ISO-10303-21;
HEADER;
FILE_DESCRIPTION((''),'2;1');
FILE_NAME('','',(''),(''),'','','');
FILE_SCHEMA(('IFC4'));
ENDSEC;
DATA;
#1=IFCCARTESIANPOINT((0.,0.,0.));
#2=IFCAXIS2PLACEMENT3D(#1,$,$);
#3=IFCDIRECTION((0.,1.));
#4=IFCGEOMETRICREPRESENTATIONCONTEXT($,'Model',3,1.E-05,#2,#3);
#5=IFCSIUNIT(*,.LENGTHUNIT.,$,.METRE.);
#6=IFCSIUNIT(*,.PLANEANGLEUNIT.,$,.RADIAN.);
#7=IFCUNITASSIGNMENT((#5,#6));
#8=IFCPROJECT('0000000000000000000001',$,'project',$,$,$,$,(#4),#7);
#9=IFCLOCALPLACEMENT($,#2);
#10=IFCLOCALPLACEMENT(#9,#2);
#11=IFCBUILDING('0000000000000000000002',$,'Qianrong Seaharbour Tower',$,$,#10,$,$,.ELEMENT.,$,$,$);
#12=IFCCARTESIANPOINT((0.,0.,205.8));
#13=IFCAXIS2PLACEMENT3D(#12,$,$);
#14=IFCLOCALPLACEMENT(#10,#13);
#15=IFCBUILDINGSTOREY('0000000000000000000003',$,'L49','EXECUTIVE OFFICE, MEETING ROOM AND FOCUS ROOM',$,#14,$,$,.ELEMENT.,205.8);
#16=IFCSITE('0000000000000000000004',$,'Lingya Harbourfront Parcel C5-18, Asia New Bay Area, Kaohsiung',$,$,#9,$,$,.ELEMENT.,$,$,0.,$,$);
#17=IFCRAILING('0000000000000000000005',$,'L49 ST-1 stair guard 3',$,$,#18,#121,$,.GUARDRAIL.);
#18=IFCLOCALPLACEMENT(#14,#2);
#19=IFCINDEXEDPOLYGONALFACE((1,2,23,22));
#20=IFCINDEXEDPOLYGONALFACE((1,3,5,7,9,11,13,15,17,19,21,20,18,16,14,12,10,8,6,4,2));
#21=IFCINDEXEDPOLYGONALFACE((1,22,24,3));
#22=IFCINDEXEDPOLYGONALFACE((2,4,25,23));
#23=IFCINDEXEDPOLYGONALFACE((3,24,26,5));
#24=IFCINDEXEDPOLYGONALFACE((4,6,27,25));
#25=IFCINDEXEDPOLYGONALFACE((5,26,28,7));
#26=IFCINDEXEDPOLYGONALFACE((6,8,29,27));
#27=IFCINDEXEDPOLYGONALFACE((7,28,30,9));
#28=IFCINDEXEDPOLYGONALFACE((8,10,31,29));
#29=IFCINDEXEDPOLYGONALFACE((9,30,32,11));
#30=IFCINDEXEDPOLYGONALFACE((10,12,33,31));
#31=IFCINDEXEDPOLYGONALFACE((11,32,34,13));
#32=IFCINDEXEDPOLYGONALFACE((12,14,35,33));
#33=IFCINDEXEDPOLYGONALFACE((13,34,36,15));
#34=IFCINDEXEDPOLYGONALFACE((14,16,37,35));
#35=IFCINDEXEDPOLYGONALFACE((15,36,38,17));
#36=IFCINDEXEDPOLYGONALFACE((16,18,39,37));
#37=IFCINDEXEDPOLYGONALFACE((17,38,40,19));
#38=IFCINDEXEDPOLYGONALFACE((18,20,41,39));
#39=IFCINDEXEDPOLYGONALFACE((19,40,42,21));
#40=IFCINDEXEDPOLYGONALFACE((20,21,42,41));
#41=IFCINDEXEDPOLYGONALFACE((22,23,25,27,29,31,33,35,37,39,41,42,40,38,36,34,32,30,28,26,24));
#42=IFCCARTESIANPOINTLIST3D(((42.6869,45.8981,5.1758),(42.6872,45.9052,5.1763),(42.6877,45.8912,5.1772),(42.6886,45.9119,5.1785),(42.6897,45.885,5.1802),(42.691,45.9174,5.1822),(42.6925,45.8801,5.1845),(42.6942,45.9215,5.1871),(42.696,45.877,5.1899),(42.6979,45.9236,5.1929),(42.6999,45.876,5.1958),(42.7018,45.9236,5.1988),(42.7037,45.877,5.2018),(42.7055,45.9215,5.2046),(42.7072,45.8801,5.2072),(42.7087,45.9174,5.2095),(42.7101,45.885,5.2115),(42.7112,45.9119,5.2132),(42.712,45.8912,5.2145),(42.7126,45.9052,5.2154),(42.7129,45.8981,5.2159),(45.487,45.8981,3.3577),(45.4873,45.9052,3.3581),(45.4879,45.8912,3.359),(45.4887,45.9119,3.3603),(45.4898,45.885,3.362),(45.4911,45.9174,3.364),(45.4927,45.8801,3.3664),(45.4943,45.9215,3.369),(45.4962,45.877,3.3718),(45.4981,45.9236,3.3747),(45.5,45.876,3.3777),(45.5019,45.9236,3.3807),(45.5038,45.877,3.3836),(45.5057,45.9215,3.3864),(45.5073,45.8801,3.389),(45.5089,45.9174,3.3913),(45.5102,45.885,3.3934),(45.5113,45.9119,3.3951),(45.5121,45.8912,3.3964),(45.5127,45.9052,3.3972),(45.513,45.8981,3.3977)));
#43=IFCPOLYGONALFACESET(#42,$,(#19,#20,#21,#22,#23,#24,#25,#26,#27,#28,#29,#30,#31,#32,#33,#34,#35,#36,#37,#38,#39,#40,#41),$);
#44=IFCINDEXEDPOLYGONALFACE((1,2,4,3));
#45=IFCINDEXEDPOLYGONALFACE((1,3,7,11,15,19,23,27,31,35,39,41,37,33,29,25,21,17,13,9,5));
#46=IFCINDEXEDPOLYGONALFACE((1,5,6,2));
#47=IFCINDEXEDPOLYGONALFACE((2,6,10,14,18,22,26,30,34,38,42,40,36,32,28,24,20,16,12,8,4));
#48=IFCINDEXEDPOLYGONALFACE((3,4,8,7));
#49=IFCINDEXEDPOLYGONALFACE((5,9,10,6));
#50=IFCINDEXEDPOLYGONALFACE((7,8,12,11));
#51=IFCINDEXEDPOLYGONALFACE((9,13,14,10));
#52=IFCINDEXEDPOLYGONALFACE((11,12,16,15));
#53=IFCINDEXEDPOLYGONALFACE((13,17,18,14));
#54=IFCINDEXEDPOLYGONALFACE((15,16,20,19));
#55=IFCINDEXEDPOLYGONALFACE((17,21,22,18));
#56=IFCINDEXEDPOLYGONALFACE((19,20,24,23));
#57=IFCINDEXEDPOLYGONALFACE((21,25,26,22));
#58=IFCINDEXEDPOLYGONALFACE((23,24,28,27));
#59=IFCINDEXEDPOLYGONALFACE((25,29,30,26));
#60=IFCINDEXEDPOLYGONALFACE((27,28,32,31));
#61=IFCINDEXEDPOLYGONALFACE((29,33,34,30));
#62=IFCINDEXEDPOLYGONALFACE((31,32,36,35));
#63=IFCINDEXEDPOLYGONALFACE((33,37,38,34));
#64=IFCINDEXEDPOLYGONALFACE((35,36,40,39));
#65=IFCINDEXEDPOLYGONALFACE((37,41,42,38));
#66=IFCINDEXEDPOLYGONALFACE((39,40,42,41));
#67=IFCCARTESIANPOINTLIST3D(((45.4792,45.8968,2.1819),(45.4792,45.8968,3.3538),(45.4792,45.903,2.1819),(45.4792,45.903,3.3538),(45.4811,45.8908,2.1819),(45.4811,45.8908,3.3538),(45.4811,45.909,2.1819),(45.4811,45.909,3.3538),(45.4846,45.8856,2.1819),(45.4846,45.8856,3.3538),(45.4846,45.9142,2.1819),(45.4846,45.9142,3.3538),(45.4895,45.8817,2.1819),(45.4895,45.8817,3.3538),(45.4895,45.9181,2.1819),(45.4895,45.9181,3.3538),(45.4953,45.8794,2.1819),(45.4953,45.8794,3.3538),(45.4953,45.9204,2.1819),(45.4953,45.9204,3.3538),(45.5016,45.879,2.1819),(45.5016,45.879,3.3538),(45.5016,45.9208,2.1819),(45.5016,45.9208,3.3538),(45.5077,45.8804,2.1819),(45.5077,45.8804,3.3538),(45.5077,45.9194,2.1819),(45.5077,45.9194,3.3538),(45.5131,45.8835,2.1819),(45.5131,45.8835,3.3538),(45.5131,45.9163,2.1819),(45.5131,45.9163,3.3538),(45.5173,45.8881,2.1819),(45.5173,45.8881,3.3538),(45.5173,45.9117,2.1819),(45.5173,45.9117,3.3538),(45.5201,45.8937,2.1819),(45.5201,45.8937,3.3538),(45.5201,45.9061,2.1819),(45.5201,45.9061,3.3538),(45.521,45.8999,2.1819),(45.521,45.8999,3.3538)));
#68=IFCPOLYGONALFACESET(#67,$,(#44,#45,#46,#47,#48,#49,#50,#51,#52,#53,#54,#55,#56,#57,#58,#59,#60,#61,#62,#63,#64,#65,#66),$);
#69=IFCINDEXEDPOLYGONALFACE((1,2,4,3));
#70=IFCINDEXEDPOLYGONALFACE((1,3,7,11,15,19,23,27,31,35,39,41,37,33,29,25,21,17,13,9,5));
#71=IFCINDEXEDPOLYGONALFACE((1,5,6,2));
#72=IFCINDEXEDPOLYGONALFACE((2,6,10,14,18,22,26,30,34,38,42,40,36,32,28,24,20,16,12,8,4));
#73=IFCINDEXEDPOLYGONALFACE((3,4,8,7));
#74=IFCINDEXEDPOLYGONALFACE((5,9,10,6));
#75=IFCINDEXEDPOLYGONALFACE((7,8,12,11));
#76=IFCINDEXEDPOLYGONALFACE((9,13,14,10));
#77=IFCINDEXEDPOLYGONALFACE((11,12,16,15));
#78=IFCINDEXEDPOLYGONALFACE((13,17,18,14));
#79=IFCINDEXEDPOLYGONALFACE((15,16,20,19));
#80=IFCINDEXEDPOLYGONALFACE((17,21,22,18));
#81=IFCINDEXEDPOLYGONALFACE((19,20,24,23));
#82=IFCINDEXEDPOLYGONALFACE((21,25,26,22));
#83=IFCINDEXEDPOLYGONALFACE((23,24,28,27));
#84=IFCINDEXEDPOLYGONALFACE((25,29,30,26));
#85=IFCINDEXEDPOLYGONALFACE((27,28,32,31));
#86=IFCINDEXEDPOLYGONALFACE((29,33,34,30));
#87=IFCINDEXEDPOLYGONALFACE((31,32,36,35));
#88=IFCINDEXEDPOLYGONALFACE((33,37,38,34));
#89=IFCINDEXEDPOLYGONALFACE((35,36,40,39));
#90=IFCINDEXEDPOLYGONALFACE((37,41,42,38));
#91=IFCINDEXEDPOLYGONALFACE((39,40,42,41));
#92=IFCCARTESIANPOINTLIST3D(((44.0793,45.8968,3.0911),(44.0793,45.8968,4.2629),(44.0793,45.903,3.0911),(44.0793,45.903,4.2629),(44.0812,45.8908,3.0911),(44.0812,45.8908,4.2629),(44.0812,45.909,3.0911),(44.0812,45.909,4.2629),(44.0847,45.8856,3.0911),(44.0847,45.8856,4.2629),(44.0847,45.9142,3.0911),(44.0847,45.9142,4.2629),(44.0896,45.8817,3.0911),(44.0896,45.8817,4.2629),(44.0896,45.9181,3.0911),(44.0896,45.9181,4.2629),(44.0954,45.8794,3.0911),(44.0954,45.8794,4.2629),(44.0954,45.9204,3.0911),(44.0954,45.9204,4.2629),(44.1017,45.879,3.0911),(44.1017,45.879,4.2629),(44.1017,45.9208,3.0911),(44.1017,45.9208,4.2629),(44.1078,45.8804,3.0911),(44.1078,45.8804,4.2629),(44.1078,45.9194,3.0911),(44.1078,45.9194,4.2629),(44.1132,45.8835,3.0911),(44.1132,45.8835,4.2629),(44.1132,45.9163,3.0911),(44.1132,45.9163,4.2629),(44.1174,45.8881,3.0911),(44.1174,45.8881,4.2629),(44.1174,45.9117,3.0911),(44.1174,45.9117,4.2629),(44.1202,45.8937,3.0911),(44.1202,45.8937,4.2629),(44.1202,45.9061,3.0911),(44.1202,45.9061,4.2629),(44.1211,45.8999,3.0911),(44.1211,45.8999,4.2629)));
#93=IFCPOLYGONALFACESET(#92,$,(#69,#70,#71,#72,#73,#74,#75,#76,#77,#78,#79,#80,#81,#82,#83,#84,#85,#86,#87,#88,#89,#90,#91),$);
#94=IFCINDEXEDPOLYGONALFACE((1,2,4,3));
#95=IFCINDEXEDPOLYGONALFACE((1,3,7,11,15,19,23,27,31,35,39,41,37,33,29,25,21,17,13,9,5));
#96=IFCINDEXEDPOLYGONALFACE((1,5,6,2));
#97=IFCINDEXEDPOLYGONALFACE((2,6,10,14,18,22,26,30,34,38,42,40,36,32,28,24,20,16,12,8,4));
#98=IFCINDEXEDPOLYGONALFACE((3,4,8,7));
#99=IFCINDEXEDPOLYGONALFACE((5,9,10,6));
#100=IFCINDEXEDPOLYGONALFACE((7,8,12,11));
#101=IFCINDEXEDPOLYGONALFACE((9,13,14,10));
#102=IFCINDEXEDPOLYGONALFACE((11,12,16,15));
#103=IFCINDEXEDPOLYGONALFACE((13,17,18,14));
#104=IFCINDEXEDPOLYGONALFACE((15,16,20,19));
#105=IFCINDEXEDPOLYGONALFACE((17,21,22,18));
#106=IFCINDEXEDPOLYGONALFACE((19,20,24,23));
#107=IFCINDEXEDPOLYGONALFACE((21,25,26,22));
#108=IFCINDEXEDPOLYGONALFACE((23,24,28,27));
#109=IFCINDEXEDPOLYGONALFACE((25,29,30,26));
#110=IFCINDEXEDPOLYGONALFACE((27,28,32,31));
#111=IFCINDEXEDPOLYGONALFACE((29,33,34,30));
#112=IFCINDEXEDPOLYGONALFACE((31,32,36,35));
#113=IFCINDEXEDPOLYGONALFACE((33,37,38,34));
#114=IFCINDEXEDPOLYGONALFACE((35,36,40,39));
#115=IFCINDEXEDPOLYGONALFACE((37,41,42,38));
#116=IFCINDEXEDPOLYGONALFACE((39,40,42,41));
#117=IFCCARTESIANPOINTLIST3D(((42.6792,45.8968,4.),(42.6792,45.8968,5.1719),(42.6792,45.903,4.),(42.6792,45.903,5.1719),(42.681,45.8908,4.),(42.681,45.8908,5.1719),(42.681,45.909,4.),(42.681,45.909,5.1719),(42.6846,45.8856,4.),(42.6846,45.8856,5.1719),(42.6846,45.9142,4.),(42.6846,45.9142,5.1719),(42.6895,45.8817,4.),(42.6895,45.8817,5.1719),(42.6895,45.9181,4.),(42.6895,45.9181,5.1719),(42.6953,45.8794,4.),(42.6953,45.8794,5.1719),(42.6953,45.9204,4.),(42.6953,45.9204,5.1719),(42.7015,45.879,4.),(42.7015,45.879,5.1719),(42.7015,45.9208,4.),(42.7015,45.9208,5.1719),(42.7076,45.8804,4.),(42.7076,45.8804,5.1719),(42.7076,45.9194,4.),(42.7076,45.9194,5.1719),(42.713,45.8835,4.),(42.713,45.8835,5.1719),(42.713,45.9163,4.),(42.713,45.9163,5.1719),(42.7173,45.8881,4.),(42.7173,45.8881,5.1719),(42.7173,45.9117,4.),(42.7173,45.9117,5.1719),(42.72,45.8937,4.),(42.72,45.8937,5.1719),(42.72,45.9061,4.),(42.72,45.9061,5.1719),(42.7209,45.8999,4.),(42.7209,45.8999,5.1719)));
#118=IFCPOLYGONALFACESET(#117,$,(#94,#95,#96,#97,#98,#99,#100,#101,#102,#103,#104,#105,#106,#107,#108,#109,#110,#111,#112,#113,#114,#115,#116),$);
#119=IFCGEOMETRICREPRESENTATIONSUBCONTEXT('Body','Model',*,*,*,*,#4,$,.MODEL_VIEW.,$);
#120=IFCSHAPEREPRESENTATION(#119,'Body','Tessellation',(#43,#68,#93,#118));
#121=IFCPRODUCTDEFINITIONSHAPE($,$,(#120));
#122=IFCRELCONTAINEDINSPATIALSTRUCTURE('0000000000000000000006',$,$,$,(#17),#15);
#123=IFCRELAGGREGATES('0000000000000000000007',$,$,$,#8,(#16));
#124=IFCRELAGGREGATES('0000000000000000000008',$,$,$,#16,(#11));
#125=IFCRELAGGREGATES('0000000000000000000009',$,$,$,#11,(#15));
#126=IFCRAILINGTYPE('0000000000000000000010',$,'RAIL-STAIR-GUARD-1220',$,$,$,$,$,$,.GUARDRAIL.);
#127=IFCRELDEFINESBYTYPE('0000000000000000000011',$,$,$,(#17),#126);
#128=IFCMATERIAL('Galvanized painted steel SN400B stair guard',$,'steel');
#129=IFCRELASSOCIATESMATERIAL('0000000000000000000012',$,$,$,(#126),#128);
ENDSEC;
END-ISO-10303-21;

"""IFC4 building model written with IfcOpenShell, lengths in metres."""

from ifc_helpers import new_model, si_unit, direction, frame, origin, origin_2d, place, context, subcontext, project, spatial, circle, extrude, material, type_object, element, save


model = new_model("IFC4")

# Units and contexts
model_context = context("Model", 3, precision=1e-05, world=origin(), true_north=direction((0.0, 1.0)))
body_context = subcontext(model_context, "Body", "Model", "MODEL_VIEW")
ifc_project = project(units=[si_unit("LENGTHUNIT", "METRE"), si_unit("PLANEANGLEUNIT", "RADIAN")], contexts=[model_context])

# Site, building, storey
site_placement = place(None, origin())
site = spatial("IfcSite", under=ifc_project, at=site_placement, Name="Lingya Harbourfront Parcel C5-18, Asia New Bay Area, Kaohsiung", CompositionType="ELEMENT", RefElevation=0.0)
building_placement = place(site_placement, origin())
building = spatial("IfcBuilding", under=site, at=building_placement, Name="Qianrong Seaharbour Tower", CompositionType="ELEMENT")
storey_placement = place(building_placement, frame((0.0, 0.0, 205.8)))
storey = spatial("IfcBuildingStorey", under=building, at=storey_placement, Name="L49", Description="EXECUTIVE OFFICE, MEETING ROOM AND FOCUS ROOM", CompositionType="ELEMENT", Elevation=205.8)

# Railing
ifc_material_1 = material(Name="Galvanized painted steel SN400B stair guard", Category="steel")
railing_type_1 = type_object("IfcRailingType", Name="RAIL-STAIR-GUARD-1220", PredefinedType="GUARDRAIL", material=ifc_material_1)
railing_1_placement = place(storey_placement, frame((45.5, 45.8999, 2.1819)))
element("IfcRailing", 1, at=railing_1_placement, inside=storey, type_object=railing_type_1, Name="L49 ST-1 stair guard 3", PredefinedType="GUARDRAIL", context=body_context, shape_type="SweptSolid", body=[
    extrude(circle(Radius=0.0239, at=origin_2d()), frame((0.0, 0.0, 1.1958), z_axis=(-0.838706, 0.0, 0.544585), x_axis=(0.0, -1.0, 0.0)), (0.0, 0.0, 1.0), 3.3386),
    extrude(circle(Radius=0.021, at=origin_2d()), origin(), (0.0, 0.0, 1.0), 1.1719),
    extrude(circle(Radius=0.021, at=origin_2d()), frame((-1.3999, 0.0, 0.9092)), (0.0, 0.0, 1.0), 1.1719),
    extrude(circle(Radius=0.021, at=origin_2d()), frame((-2.8, 0.0, 1.8181)), (0.0, 0.0, 1.0), 1.1719),
])

save(model, "model.ifc")
